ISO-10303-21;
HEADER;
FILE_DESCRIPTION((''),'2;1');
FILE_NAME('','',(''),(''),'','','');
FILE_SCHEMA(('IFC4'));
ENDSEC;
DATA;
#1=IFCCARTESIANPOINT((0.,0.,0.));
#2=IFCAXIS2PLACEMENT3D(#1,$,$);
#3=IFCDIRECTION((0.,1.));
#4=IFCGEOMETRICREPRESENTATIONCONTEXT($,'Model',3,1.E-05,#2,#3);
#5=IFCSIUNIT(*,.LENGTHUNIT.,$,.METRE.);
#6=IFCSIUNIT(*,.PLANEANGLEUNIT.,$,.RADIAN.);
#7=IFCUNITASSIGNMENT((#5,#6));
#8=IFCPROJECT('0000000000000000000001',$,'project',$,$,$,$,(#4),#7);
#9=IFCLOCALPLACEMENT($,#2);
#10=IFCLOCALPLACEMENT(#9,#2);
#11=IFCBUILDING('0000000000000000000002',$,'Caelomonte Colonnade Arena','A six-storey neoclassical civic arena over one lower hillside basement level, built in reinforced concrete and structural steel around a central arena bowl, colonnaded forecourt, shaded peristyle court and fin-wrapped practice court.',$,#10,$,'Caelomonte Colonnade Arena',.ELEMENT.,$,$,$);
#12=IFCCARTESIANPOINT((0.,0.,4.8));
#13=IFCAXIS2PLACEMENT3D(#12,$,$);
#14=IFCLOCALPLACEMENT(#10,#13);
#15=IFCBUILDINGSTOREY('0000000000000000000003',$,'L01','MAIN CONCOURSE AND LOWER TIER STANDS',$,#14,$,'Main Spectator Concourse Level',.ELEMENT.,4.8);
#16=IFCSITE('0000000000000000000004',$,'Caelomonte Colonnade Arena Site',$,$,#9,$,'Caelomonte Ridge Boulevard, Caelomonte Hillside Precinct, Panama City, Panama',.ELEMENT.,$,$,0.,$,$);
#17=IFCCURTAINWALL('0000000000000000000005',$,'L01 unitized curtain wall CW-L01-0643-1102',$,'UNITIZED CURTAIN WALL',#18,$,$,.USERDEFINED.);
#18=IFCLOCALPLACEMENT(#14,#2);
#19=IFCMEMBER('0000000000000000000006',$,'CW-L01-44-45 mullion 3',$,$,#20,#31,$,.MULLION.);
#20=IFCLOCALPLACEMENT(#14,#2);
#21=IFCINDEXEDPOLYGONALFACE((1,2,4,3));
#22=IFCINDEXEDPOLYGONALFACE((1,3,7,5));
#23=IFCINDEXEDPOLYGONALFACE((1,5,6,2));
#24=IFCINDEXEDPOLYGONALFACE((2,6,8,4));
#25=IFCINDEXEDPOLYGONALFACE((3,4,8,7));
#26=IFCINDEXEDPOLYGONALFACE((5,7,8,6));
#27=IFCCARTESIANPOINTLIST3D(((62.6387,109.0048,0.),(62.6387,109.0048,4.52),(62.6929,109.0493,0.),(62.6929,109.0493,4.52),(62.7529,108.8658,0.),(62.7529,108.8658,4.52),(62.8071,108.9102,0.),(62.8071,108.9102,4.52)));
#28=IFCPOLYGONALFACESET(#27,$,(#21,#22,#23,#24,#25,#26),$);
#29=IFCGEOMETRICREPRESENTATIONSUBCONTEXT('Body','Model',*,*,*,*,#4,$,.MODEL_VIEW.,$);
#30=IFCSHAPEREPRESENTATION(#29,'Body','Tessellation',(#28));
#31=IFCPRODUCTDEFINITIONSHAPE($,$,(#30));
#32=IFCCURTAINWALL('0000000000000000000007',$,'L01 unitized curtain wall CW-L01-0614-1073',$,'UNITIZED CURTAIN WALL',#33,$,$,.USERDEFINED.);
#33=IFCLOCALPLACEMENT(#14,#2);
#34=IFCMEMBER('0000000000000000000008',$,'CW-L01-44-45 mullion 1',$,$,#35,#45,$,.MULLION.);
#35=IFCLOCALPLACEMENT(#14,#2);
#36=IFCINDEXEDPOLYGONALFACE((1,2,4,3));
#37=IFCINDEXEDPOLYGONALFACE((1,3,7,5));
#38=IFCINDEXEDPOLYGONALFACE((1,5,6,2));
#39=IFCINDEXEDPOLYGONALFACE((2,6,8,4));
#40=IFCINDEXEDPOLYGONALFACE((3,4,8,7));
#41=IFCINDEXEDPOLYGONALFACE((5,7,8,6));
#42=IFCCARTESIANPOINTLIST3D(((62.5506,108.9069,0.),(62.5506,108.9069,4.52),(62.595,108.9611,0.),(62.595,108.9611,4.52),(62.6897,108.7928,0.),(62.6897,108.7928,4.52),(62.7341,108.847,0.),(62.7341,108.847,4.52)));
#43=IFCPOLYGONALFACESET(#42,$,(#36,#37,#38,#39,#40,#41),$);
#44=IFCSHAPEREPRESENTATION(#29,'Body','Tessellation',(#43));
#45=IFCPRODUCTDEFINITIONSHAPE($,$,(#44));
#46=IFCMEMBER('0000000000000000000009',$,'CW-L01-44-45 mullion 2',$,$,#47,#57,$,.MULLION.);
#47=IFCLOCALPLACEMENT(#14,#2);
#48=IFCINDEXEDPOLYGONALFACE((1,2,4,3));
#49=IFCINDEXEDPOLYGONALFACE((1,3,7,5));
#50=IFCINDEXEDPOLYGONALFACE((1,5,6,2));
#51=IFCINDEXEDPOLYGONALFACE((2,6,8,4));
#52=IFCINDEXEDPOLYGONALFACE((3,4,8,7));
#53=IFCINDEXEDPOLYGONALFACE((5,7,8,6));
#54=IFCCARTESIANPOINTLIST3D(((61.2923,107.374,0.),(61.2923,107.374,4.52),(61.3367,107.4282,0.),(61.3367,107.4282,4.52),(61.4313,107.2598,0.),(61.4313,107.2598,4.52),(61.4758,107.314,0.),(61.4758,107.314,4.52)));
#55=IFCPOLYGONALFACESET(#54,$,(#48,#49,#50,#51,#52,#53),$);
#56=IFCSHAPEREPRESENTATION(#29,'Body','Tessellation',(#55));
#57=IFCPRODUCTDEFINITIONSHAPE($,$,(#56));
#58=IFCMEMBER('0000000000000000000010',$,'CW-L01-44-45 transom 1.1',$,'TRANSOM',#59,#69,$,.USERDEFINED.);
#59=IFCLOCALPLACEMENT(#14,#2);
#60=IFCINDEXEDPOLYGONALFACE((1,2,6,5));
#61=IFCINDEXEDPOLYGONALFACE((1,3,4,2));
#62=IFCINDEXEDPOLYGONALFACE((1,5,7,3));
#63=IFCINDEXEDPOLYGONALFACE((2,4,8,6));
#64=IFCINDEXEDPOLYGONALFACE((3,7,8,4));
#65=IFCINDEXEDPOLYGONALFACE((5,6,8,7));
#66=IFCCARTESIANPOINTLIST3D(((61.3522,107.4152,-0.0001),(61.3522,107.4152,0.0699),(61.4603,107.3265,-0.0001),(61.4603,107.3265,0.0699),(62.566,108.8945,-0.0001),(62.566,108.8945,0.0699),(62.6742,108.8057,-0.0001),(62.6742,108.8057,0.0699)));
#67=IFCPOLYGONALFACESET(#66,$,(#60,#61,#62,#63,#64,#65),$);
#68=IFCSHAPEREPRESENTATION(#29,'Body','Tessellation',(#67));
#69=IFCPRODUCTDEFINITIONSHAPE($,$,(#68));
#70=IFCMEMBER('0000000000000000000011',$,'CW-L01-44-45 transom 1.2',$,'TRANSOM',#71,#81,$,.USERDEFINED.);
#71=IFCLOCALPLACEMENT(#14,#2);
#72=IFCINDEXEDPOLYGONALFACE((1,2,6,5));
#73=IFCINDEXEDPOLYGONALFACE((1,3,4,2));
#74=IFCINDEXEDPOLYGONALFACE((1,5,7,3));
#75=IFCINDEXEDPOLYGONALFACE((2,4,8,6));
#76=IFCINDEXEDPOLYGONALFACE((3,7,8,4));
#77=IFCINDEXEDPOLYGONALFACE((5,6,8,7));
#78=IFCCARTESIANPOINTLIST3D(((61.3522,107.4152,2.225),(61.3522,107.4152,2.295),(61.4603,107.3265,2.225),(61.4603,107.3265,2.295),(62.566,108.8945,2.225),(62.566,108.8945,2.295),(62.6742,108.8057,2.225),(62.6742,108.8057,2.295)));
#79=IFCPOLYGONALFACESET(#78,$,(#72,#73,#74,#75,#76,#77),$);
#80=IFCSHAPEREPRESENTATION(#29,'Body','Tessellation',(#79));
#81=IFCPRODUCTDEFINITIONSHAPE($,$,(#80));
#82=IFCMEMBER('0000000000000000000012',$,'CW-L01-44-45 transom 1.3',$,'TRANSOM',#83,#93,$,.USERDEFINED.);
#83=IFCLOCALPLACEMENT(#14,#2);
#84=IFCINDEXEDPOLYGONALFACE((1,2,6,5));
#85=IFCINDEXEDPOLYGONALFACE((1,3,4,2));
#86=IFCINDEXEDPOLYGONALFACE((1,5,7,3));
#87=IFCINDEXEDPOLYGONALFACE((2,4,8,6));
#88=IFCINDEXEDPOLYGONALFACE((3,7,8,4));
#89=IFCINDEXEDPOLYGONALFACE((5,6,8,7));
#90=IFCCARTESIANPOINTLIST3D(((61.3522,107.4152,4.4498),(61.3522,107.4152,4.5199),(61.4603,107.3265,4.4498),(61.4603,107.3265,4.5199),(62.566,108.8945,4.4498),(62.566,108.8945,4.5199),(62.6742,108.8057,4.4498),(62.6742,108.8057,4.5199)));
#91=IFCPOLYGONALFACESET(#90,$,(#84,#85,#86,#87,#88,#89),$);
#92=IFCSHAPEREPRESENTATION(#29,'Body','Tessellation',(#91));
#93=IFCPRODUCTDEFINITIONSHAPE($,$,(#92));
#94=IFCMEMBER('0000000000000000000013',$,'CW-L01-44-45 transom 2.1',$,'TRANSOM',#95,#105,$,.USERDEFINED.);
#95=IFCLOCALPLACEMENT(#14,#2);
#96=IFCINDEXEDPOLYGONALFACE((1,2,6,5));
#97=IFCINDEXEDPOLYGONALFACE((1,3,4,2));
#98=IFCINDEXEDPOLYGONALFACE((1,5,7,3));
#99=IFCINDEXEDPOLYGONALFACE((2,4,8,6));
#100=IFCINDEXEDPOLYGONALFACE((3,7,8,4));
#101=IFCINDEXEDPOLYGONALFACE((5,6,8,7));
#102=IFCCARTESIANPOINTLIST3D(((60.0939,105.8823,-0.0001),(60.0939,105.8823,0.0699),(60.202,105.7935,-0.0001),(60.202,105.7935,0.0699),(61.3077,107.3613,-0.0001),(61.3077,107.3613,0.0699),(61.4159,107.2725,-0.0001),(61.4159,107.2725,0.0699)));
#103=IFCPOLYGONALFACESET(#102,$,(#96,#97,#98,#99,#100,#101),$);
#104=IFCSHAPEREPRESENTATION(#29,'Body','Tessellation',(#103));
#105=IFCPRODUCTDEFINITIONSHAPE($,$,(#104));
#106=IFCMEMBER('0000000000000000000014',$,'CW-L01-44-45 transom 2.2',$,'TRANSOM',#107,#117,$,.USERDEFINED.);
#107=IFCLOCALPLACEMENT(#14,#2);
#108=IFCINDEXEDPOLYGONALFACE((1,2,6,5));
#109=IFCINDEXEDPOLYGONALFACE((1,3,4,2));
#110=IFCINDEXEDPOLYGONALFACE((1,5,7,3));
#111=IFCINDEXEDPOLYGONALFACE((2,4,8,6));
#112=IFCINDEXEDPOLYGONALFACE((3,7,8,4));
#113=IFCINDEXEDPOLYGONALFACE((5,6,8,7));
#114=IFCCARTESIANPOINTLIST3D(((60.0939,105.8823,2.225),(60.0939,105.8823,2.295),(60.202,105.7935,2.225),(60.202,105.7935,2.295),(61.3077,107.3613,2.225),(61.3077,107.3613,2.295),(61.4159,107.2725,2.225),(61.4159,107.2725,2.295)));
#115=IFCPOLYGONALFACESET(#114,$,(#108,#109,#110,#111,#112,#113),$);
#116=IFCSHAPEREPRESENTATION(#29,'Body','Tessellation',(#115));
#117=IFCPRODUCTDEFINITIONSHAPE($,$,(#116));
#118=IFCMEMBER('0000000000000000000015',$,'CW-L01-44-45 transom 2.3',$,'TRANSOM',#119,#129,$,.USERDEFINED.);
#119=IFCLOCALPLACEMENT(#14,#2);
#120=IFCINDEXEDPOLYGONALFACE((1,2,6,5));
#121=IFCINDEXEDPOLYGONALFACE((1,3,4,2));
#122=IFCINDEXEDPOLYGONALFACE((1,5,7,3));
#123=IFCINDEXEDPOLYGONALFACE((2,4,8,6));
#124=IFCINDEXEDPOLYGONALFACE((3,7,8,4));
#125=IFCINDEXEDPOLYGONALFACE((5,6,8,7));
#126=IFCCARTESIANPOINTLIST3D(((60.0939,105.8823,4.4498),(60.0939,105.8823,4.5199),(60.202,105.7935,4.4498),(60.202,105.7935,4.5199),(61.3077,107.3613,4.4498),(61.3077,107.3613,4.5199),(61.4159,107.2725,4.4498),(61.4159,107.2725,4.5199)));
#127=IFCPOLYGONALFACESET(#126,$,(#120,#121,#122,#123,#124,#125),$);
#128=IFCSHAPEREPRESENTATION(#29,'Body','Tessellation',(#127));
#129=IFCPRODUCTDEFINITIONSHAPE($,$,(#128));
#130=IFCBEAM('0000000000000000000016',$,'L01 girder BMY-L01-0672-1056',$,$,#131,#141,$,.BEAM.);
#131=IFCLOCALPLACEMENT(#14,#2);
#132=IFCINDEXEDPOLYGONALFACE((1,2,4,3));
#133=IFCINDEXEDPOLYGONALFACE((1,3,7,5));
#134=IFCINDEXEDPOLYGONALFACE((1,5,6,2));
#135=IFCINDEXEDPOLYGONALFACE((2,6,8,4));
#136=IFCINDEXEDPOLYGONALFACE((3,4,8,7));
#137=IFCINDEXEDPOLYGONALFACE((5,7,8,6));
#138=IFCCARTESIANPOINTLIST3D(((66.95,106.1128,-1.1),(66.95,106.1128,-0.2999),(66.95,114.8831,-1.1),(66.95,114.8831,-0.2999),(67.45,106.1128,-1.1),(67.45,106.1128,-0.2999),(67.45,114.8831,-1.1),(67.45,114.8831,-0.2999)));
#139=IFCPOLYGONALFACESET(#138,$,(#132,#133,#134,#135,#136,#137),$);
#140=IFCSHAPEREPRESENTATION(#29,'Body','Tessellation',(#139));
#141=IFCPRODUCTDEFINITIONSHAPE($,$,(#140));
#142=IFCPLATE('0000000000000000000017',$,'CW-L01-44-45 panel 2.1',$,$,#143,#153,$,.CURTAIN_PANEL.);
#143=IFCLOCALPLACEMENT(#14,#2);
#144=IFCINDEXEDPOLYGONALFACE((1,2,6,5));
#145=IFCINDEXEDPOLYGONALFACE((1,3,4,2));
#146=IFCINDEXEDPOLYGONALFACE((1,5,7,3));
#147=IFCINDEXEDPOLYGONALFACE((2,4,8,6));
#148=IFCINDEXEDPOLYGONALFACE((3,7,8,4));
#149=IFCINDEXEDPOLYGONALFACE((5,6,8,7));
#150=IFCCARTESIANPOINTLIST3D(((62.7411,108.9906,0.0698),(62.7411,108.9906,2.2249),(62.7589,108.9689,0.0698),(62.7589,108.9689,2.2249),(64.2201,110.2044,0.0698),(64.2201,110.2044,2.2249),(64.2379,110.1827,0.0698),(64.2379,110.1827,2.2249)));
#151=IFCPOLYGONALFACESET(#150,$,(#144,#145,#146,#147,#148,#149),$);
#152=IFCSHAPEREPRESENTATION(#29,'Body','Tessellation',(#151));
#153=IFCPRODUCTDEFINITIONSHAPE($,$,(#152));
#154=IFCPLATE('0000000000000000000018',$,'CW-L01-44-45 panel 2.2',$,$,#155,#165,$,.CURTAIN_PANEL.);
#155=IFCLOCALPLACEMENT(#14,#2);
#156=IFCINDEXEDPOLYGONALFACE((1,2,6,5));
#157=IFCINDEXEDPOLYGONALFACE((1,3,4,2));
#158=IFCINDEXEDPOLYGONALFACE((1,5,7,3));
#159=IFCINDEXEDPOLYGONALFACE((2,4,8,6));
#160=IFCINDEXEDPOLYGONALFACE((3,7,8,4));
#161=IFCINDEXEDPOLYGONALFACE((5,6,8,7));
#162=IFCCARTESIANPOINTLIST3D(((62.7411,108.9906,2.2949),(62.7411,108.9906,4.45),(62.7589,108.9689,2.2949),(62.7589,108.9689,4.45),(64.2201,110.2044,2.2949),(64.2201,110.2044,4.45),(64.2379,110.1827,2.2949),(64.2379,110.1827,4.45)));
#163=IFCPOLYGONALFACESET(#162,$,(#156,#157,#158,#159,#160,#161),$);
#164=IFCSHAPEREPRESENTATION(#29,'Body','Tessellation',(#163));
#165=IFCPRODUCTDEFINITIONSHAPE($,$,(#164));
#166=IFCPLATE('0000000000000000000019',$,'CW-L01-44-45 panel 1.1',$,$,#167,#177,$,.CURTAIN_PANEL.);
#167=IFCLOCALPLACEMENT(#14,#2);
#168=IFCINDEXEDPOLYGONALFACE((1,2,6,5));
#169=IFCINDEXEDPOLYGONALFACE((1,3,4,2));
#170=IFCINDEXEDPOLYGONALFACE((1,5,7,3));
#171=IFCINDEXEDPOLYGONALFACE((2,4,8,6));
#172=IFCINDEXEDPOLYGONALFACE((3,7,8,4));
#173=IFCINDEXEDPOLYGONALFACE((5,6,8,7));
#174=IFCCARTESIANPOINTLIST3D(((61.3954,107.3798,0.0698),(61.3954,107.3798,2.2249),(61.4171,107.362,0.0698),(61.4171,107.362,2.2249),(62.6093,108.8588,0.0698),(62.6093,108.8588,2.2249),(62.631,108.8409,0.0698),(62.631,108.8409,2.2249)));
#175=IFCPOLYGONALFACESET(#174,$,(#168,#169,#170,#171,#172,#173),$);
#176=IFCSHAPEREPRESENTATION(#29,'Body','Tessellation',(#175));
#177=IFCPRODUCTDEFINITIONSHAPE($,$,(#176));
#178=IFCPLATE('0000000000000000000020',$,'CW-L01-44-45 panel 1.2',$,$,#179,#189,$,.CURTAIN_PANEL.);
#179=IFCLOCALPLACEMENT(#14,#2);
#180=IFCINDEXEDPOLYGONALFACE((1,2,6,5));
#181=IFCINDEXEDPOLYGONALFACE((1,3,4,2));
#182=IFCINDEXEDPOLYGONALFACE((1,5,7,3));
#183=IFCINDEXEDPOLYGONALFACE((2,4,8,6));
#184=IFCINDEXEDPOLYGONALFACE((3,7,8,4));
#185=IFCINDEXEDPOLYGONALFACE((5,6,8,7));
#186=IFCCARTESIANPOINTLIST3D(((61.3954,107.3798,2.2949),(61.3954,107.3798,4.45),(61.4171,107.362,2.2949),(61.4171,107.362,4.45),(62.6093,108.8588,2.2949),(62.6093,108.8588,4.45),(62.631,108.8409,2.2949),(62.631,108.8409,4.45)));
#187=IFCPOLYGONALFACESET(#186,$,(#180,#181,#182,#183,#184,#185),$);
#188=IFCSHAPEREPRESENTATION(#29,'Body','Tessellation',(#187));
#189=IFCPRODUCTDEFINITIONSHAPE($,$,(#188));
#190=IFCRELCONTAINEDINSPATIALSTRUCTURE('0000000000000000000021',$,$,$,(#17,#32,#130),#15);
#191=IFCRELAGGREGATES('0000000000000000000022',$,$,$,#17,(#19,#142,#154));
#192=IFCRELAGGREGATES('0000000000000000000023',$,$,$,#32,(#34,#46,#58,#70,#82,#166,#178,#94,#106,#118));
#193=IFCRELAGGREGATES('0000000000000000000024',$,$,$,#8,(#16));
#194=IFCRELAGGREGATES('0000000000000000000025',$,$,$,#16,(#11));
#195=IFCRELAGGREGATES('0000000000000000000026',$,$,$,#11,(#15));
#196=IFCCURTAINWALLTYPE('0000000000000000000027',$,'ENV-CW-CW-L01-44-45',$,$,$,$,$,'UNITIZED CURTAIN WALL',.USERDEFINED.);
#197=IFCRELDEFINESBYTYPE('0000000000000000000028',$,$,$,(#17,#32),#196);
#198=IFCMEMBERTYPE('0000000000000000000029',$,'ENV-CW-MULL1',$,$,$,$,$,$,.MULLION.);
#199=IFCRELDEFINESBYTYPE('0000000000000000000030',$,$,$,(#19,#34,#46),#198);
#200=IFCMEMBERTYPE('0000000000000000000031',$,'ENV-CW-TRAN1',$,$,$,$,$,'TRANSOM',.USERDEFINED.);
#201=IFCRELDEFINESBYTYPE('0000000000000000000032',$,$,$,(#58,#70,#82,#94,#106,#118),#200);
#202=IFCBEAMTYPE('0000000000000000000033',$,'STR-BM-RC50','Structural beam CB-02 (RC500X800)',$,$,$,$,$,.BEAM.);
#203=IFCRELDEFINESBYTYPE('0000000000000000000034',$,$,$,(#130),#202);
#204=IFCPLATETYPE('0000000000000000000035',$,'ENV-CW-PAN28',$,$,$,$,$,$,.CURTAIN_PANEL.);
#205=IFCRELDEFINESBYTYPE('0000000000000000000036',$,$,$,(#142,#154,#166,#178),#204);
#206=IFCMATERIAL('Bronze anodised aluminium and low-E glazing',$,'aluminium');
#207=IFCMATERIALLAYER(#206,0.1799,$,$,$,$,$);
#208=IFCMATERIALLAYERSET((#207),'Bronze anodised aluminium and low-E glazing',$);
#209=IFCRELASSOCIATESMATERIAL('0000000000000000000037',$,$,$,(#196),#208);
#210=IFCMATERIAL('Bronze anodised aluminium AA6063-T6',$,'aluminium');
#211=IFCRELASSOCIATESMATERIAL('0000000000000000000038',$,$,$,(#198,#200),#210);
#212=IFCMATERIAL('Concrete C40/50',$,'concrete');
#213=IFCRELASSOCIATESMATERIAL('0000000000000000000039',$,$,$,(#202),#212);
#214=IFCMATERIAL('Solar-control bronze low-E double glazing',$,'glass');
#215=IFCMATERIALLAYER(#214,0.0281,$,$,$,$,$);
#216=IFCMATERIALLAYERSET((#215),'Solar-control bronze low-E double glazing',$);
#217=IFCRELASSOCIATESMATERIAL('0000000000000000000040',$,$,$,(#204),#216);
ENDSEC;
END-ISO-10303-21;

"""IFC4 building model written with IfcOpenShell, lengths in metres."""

from ifc_helpers import new_model, si_unit, direction, frame, origin, origin_2d, place, context, subcontext, project, spatial, rectangle, extrude, material, layer, layer_set, material_profile, profile_set, type_object, element, aggregate, save


model = new_model("IFC4")

# Units and contexts
model_context = context("Model", 3, precision=1e-05, world=origin(), true_north=direction((0.0, 1.0)))
body_context = subcontext(model_context, "Body", "Model", "MODEL_VIEW")
ifc_project = project(units=[si_unit("LENGTHUNIT", "METRE"), si_unit("PLANEANGLEUNIT", "RADIAN")], contexts=[model_context])

# Site, building, storey
site_placement = place(None, origin())
site = spatial("IfcSite", under=ifc_project, at=site_placement, Name="Caelomonte Colonnade Arena Site", LongName="Caelomonte Ridge Boulevard, Caelomonte Hillside Precinct, Panama City, Panama", CompositionType="ELEMENT", RefElevation=0.0)
building_placement = place(site_placement, origin())
building = spatial("IfcBuilding", under=site, at=building_placement, Name="Caelomonte Colonnade Arena", Description="A six-storey neoclassical civic arena over one lower hillside basement level, built in reinforced concrete and structural steel around a central arena bowl, colonnaded forecourt, shaded peristyle court and fin-wrapped practice court.", LongName="Caelomonte Colonnade Arena", CompositionType="ELEMENT")
storey_placement = place(building_placement, frame((0.0, 0.0, 4.8)))
storey = spatial("IfcBuildingStorey", under=building, at=storey_placement, Name="L01", Description="MAIN CONCOURSE AND LOWER TIER STANDS", LongName="Main Spectator Concourse Level", CompositionType="ELEMENT", Elevation=4.8)

# Curtain wall, member
ifc_material_1 = material(Name="Bronze anodised aluminium and low-E glazing", Category="aluminium")
ifc_layer_1 = layer(ifc_material_1, 0.1799)
ifc_layer_set_1 = layer_set([ifc_layer_1], Name="Bronze anodised aluminium and low-E glazing")
curtain_wall_type = type_object("IfcCurtainWallType", Name="ENV-CW-CW-L01-44-45", ElementType="UNITIZED CURTAIN WALL", PredefinedType="USERDEFINED", material=ifc_layer_set_1)
curtain_wall_1_placement = place(storey_placement, origin())
curtain_wall_1 = element("IfcCurtainWall", 1, at=curtain_wall_1_placement, inside=storey, type_object=curtain_wall_type, Name="L01 unitized curtain wall CW-L01-0643-1102", ObjectType="UNITIZED CURTAIN WALL", PredefinedType="USERDEFINED")
ifc_material_2 = material(Name="Bronze anodised aluminium AA6063-T6", Category="aluminium")
ifc_material_profile_1 = material_profile(ifc_material_2, rectangle(XDim=0.0701, YDim=0.1799, at=origin_2d()), Name="CWM-70X180")
ifc_profile_set_1 = profile_set([ifc_material_profile_1], Name="Bronze anodised aluminium AA6063-T6")
member_type_1 = type_object("IfcMemberType", Name="ENV-CW-MULL1", PredefinedType="MULLION", material=ifc_profile_set_1)
member_1_placement = place(storey_placement, frame((62.7229, 108.9575, 0.0), z_axis=(0.0, 0.0, 1.0), x_axis=(-0.772992, -0.634416, 0.0)))
member_1 = element("IfcMember", 2, at=member_1_placement, type_object=member_type_1, Name="CW-L01-44-45 mullion 3", PredefinedType="MULLION", context=body_context, shape_type="SweptSolid", body=[
    extrude(rectangle(XDim=0.0701, YDim=0.1799, at=origin_2d()), origin(), (0.0, 0.0, 1.0), 4.52),
])

# Curtain wall, members
curtain_wall_2_placement = place(storey_placement, origin())
curtain_wall_2 = element("IfcCurtainWall", 3, at=curtain_wall_2_placement, inside=storey, type_object=curtain_wall_type, Name="L01 unitized curtain wall CW-L01-0614-1073", ObjectType="UNITIZED CURTAIN WALL", PredefinedType="USERDEFINED")
member_2_placement = place(storey_placement, frame((62.6423, 108.877, 0.0), z_axis=(0.0, 0.0, 1.0), x_axis=(-0.634416, -0.772992, 0.0)))
member_2 = element("IfcMember", 4, at=member_2_placement, type_object=member_type_1, Name="CW-L01-44-45 mullion 1", PredefinedType="MULLION", context=body_context, shape_type="SweptSolid", body=[
    extrude(rectangle(XDim=0.0701, YDim=0.1799, at=origin_2d()), origin(), (0.0, 0.0, 1.0), 4.52),
])
member_3_placement = place(storey_placement, frame((61.384, 107.344, 0.0), z_axis=(0.0, 0.0, 1.0), x_axis=(-0.634416, -0.772992, 0.0)))
member_3 = element("IfcMember", 5, at=member_3_placement, type_object=member_type_1, Name="CW-L01-44-45 mullion 2", PredefinedType="MULLION", context=body_context, shape_type="SweptSolid", body=[
    extrude(rectangle(XDim=0.0701, YDim=0.1799, at=origin_2d()), origin(), (0.0, 0.0, 1.0), 4.52),
])
ifc_material_profile_2 = material_profile(ifc_material_2, rectangle(XDim=0.0701, YDim=0.1399, at=origin_2d()), Name="CWT-70X140")
ifc_profile_set_2 = profile_set([ifc_material_profile_2], Name="Bronze anodised aluminium AA6063-T6")
member_type_2 = type_object("IfcMemberType", Name="ENV-CW-TRAN1", ElementType="TRANSOM", PredefinedType="USERDEFINED", material=ifc_profile_set_2)
member_4_placement = place(storey_placement, frame((62.6201, 108.8501, 0.0349), z_axis=(-0.634356, -0.773041, 0.0), x_axis=(0.0, 0.0, 1.0)))
member_4 = element("IfcMember", 6, at=member_4_placement, type_object=member_type_2, Name="CW-L01-44-45 transom 1.1", ObjectType="TRANSOM", PredefinedType="USERDEFINED", context=body_context, shape_type="SweptSolid", body=[
    extrude(rectangle(XDim=0.0701, YDim=0.1399, at=origin_2d()), origin(), (0.0, 0.0, 1.0), 1.9136),
])
member_5_placement = place(storey_placement, frame((62.6201, 108.8501, 2.26), z_axis=(-0.634356, -0.773041, 0.0), x_axis=(0.0, 0.0, 1.0)))
member_5 = element("IfcMember", 7, at=member_5_placement, type_object=member_type_2, Name="CW-L01-44-45 transom 1.2", ObjectType="TRANSOM", PredefinedType="USERDEFINED", context=body_context, shape_type="SweptSolid", body=[
    extrude(rectangle(XDim=0.0701, YDim=0.1399, at=origin_2d()), origin(), (0.0, 0.0, 1.0), 1.9136),
])
member_6_placement = place(storey_placement, frame((62.6201, 108.8501, 4.4849), z_axis=(-0.634356, -0.773041, 0.0), x_axis=(0.0, 0.0, 1.0)))
member_6 = element("IfcMember", 8, at=member_6_placement, type_object=member_type_2, Name="CW-L01-44-45 transom 1.3", ObjectType="TRANSOM", PredefinedType="USERDEFINED", context=body_context, shape_type="SweptSolid", body=[
    extrude(rectangle(XDim=0.0701, YDim=0.1399, at=origin_2d()), origin(), (0.0, 0.0, 1.0), 1.9136),
])
member_7_placement = place(storey_placement, frame((61.3618, 107.3169, 0.0349), z_axis=(-0.634418, -0.77299, 0.0), x_axis=(0.0, 0.0, 1.0)))
member_7 = element("IfcMember", 9, at=member_7_placement, type_object=member_type_2, Name="CW-L01-44-45 transom 2.1", ObjectType="TRANSOM", PredefinedType="USERDEFINED", context=body_context, shape_type="SweptSolid", body=[
    extrude(rectangle(XDim=0.0701, YDim=0.1399, at=origin_2d()), origin(), (0.0, 0.0, 1.0), 1.9133),
])
member_8_placement = place(storey_placement, frame((61.3618, 107.3169, 2.26), z_axis=(-0.634418, -0.77299, 0.0), x_axis=(0.0, 0.0, 1.0)))
member_8 = element("IfcMember", 10, at=member_8_placement, type_object=member_type_2, Name="CW-L01-44-45 transom 2.2", ObjectType="TRANSOM", PredefinedType="USERDEFINED", context=body_context, shape_type="SweptSolid", body=[
    extrude(rectangle(XDim=0.0701, YDim=0.1399, at=origin_2d()), origin(), (0.0, 0.0, 1.0), 1.9133),
])
member_9_placement = place(storey_placement, frame((61.3618, 107.3169, 4.4849), z_axis=(-0.634418, -0.77299, 0.0), x_axis=(0.0, 0.0, 1.0)))
member_9 = element("IfcMember", 11, at=member_9_placement, type_object=member_type_2, Name="CW-L01-44-45 transom 2.3", ObjectType="TRANSOM", PredefinedType="USERDEFINED", context=body_context, shape_type="SweptSolid", body=[
    extrude(rectangle(XDim=0.0701, YDim=0.1399, at=origin_2d()), origin(), (0.0, 0.0, 1.0), 1.9133),
])

# Beam
ifc_material_3 = material(Name="Concrete C40/50", Category="concrete")
ifc_material_profile_3 = material_profile(ifc_material_3, rectangle(XDim=0.5, YDim=0.8, at=origin_2d()), Name="RC500X800")
ifc_profile_set_3 = profile_set([ifc_material_profile_3], Name="Concrete C40/50")
beam_type = type_object("IfcBeamType", Name="STR-BM-RC50", Description="Structural beam CB-02 (RC500X800)", PredefinedType="BEAM", material=ifc_profile_set_3)
beam_placement = place(storey_placement, frame((67.2, 106.1128, -0.7), z_axis=(0.0, 1.0, 0.0), x_axis=(-1.0, 0.0, 0.0)))
element("IfcBeam", 12, at=beam_placement, inside=storey, type_object=beam_type, Name="L01 girder BMY-L01-0672-1056", PredefinedType="BEAM", context=body_context, shape_type="SweptSolid", body=[
    extrude(rectangle(XDim=0.5, YDim=0.8, at=origin_2d()), origin(), (0.0, 0.0, 1.0), 8.7703),
])

# Plates
ifc_material_4 = material(Name="Solar-control bronze low-E double glazing", Category="glass")
ifc_layer_2 = layer(ifc_material_4, 0.0281)
ifc_layer_set_2 = layer_set([ifc_layer_2], Name="Solar-control bronze low-E double glazing")
plate_type = type_object("IfcPlateType", Name="ENV-CW-PAN28", PredefinedType="CURTAIN_PANEL", material=ifc_layer_set_2)
plate_1_placement = place(storey_placement, frame((63.4895, 109.5867, 0.0698), z_axis=(0.0, 0.0, 1.0), x_axis=(-0.772992, -0.634416, 0.0)))
plate_1 = element("IfcPlate", 13, at=plate_1_placement, type_object=plate_type, Name="CW-L01-44-45 panel 2.1", PredefinedType="CURTAIN_PANEL", context=body_context, shape_type="SweptSolid", body=[
    extrude(rectangle(XDim=1.9133, YDim=0.0281, at=origin_2d()), origin(), (0.0, 0.0, 1.0), 2.155),
])
plate_2_placement = place(storey_placement, frame((63.4895, 109.5867, 2.2949), z_axis=(0.0, 0.0, 1.0), x_axis=(-0.772992, -0.634416, 0.0)))
plate_2 = element("IfcPlate", 14, at=plate_2_placement, type_object=plate_type, Name="CW-L01-44-45 panel 2.2", PredefinedType="CURTAIN_PANEL", context=body_context, shape_type="SweptSolid", body=[
    extrude(rectangle(XDim=1.9133, YDim=0.0281, at=origin_2d()), origin(), (0.0, 0.0, 1.0), 2.155),
])
aggregate(curtain_wall_1, [member_1, plate_1, plate_2])
plate_3_placement = place(storey_placement, frame((62.0132, 108.1104, 0.0698), z_axis=(0.0, 0.0, 1.0), x_axis=(-0.634416, -0.772992, 0.0)))
plate_3 = element("IfcPlate", 15, at=plate_3_placement, type_object=plate_type, Name="CW-L01-44-45 panel 1.1", PredefinedType="CURTAIN_PANEL", context=body_context, shape_type="SweptSolid", body=[
    extrude(rectangle(XDim=1.9133, YDim=0.0281, at=origin_2d()), origin(), (0.0, 0.0, 1.0), 2.155),
])
plate_4_placement = place(storey_placement, frame((62.0132, 108.1104, 2.2949), z_axis=(0.0, 0.0, 1.0), x_axis=(-0.634416, -0.772992, 0.0)))
plate_4 = element("IfcPlate", 16, at=plate_4_placement, type_object=plate_type, Name="CW-L01-44-45 panel 1.2", PredefinedType="CURTAIN_PANEL", context=body_context, shape_type="SweptSolid", body=[
    extrude(rectangle(XDim=1.9133, YDim=0.0281, at=origin_2d()), origin(), (0.0, 0.0, 1.0), 2.155),
])
aggregate(curtain_wall_2, [member_2, member_3, member_4, member_5, member_6, plate_3, plate_4, member_7, member_8, member_9])

save(model, "model.ifc")
